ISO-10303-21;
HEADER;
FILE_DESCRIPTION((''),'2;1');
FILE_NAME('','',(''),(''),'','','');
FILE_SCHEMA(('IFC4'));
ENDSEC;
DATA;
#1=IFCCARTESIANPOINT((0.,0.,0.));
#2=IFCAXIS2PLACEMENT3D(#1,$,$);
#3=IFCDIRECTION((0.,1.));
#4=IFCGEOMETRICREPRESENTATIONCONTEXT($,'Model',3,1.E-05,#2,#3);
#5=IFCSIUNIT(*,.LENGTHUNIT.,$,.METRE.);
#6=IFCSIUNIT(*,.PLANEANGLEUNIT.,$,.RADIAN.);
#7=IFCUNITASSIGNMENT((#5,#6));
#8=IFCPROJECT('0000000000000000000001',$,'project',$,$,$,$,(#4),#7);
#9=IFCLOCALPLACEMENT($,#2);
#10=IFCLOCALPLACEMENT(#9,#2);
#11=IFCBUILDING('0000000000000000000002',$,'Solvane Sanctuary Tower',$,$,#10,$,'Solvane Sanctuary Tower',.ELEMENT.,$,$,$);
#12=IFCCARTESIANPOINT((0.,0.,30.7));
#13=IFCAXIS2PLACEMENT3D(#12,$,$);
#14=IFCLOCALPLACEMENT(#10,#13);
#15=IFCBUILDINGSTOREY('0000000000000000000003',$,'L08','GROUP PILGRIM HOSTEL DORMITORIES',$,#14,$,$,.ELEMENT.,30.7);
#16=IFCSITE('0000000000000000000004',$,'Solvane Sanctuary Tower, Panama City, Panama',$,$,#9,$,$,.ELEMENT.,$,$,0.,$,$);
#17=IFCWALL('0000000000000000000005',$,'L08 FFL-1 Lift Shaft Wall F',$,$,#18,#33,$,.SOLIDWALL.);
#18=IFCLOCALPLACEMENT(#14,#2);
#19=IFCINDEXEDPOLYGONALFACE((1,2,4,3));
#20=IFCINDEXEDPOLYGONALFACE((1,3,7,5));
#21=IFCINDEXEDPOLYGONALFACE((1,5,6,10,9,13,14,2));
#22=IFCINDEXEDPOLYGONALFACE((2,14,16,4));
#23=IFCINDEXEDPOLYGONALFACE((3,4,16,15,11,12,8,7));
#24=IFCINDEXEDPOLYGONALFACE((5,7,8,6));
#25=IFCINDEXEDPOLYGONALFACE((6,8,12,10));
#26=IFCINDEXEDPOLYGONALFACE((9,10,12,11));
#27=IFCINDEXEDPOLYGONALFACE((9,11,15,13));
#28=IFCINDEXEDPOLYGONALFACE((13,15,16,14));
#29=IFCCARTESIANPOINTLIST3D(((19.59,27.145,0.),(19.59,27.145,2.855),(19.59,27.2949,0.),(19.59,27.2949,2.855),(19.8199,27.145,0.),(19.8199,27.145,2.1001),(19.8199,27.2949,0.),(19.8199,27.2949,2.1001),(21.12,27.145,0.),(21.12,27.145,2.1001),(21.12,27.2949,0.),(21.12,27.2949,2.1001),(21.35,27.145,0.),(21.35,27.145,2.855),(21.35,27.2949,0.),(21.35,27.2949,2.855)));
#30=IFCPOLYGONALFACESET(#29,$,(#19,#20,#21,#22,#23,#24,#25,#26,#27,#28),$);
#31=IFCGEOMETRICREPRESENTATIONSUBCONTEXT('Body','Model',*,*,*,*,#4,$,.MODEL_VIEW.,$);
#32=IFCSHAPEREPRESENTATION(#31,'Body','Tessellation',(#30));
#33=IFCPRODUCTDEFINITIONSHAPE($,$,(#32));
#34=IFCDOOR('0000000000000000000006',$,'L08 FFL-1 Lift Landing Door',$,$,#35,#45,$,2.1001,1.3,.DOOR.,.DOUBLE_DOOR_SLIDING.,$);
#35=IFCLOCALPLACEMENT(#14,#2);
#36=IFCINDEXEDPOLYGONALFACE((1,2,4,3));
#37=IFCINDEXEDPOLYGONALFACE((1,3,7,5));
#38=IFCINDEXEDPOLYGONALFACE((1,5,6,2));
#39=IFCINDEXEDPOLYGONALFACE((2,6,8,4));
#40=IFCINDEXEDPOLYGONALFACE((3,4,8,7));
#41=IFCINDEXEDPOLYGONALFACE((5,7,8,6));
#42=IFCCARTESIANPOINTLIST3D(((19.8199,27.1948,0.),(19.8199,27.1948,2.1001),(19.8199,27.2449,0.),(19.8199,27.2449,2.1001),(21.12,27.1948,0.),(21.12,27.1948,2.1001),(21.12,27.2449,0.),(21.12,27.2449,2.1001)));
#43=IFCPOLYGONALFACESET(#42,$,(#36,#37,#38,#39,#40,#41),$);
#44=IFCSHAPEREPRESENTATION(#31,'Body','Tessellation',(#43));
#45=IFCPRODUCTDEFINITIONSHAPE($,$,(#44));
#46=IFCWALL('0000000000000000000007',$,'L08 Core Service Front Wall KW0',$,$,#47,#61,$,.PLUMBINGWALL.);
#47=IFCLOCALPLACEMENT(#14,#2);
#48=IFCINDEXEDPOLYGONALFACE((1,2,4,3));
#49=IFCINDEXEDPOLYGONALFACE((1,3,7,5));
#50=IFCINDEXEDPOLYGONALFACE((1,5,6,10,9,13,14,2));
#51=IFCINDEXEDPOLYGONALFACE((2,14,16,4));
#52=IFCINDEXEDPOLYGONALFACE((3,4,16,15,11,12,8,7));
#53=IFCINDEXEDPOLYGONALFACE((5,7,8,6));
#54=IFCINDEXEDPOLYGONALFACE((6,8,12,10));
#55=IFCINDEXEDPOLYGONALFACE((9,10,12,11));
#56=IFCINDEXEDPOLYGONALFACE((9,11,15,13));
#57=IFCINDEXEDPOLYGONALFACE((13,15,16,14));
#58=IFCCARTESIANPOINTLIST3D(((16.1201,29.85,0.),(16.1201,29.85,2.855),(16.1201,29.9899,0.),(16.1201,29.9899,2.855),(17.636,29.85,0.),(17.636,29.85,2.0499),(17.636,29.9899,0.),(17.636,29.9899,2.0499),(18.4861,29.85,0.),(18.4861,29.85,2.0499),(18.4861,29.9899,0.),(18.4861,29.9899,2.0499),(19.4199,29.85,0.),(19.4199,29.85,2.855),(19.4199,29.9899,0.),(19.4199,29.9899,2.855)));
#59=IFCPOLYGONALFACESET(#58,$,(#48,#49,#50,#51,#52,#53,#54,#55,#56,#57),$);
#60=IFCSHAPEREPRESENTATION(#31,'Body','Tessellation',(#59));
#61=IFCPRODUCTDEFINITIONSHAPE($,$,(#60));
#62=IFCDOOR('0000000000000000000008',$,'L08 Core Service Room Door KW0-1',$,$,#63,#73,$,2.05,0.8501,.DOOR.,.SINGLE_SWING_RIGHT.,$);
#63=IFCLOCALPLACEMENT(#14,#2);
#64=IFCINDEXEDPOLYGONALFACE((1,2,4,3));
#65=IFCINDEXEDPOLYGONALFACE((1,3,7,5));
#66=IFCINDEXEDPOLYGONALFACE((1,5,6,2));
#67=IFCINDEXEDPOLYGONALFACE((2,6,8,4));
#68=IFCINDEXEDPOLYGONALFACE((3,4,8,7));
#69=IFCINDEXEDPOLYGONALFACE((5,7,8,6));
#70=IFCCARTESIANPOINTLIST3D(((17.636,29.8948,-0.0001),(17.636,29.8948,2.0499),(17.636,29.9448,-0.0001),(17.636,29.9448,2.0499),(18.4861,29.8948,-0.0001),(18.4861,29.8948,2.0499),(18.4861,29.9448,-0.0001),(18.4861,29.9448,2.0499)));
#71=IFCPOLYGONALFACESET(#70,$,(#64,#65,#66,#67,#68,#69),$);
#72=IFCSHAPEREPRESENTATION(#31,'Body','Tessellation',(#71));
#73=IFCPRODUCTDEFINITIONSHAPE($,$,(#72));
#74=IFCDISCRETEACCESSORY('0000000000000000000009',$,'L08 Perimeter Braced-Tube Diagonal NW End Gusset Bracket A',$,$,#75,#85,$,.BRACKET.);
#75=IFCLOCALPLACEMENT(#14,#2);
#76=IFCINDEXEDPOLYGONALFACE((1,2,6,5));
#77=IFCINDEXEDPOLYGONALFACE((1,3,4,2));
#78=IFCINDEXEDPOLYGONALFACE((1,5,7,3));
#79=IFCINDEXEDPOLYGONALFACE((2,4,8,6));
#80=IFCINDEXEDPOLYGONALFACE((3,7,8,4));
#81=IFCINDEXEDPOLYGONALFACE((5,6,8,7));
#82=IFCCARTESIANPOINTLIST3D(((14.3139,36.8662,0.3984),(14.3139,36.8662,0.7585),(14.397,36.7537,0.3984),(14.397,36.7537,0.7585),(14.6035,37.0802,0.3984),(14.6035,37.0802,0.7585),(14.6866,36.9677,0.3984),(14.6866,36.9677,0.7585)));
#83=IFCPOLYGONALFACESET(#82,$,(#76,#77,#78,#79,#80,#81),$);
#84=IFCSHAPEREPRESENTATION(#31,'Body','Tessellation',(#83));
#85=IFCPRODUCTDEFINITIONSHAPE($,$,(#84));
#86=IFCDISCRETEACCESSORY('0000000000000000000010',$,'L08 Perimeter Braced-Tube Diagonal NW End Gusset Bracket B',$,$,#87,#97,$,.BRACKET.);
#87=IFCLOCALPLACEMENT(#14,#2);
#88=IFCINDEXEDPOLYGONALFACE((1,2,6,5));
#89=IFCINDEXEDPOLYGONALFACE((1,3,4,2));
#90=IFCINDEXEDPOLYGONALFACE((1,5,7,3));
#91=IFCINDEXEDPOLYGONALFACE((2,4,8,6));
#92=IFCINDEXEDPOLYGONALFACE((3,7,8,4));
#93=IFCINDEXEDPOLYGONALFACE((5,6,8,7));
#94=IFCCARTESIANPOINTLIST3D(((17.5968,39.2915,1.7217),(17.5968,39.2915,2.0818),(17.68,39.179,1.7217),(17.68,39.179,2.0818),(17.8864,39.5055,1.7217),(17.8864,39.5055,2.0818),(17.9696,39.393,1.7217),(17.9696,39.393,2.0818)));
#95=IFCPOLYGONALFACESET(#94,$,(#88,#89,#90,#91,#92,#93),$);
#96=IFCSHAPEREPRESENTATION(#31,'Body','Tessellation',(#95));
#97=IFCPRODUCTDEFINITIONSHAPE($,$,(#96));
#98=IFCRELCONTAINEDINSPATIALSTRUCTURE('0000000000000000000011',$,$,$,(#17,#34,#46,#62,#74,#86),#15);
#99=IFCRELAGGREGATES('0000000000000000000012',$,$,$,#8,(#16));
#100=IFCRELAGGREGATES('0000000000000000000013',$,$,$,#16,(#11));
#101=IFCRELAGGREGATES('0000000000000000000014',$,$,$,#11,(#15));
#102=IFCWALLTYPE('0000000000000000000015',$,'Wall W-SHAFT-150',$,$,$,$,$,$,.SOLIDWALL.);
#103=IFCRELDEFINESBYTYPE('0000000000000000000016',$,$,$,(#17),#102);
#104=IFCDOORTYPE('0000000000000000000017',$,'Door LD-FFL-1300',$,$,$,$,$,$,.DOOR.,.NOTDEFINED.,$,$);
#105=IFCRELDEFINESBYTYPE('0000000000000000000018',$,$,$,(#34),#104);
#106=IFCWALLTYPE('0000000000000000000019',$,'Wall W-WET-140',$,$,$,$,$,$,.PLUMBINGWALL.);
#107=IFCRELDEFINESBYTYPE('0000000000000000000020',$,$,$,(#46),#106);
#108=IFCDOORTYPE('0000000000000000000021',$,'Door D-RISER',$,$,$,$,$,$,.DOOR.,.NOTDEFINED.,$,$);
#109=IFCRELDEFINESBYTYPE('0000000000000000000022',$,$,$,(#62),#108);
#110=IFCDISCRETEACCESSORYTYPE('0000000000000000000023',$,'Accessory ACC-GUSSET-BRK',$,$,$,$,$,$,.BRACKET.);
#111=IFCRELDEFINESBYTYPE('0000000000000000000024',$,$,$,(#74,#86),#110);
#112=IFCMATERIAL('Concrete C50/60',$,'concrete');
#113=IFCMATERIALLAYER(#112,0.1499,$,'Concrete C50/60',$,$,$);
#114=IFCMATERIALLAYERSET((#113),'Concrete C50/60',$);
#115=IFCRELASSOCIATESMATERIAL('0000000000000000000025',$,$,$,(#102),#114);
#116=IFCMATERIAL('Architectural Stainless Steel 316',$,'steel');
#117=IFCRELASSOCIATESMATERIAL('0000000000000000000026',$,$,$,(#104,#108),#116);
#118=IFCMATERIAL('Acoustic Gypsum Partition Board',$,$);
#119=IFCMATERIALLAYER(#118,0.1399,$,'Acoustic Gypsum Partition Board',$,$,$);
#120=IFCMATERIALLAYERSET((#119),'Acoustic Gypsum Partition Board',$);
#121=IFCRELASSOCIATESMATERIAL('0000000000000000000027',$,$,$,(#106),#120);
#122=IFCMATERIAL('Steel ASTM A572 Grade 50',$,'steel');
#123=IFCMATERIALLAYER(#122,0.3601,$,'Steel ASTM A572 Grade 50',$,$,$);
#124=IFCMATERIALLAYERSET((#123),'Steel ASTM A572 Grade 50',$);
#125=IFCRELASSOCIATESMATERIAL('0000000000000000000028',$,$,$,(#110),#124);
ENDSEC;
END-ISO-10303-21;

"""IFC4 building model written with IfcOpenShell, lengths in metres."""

from ifc_helpers import new_model, si_unit, direction, frame, frame_2d, origin, origin_2d, place, context, subcontext, project, spatial, rectangle, extrude, material, layer, layer_set, type_object, element, fill, save


model = new_model("IFC4")

# Units and contexts
model_context = context("Model", 3, precision=1e-05, world=origin(), true_north=direction((0.0, 1.0)))
body_context = subcontext(model_context, "Body", "Model", "MODEL_VIEW")
ifc_project = project(units=[si_unit("LENGTHUNIT", "METRE"), si_unit("PLANEANGLEUNIT", "RADIAN")], contexts=[model_context])

# Site, building, storey
site_placement = place(None, origin())
site = spatial("IfcSite", under=ifc_project, at=site_placement, Name="Solvane Sanctuary Tower, Panama City, Panama", CompositionType="ELEMENT", RefElevation=0.0)
building_placement = place(site_placement, origin())
building = spatial("IfcBuilding", under=site, at=building_placement, Name="Solvane Sanctuary Tower", LongName="Solvane Sanctuary Tower", CompositionType="ELEMENT")
storey_placement = place(building_placement, frame((0.0, 0.0, 30.7)))
storey = spatial("IfcBuildingStorey", under=building, at=storey_placement, Name="L08", Description="GROUP PILGRIM HOSTEL DORMITORIES", CompositionType="ELEMENT", Elevation=30.7)

# Shared definitions
ifc_material_1 = material(Name="Acoustic Gypsum Partition Board")

# Walls, openings, doors
ifc_material_2 = material(Name="Concrete C50/60", Category="concrete")
ifc_layer_1 = layer(ifc_material_2, 0.1499, Name="Concrete C50/60")
ifc_layer_set_1 = layer_set([ifc_layer_1], Name="Concrete C50/60")
wall_type_1 = type_object("IfcWallType", Name="Wall W-SHAFT-150", PredefinedType="SOLIDWALL", material=ifc_layer_set_1)
wall_1_placement = place(storey_placement, frame((19.5901, 27.22, 0.0), z_axis=(0.0, 0.0, 1.0), x_axis=(1.0, 0.0, 0.0)))
wall_1 = element("IfcWall", 1, at=wall_1_placement, inside=storey, type_object=wall_type_1, Name="L08 FFL-1 Lift Shaft Wall F", PredefinedType="SOLIDWALL", context=body_context, shape_type="SweptSolid", body=[
    extrude(rectangle(XDim=1.76, YDim=0.1499, at=frame_2d((0.8799, 0.0))), origin(), (0.0, 0.0, 1.0), 2.855),
])
opening_1_placement = place(wall_1_placement, frame((0.23, 0.0, 0.0)))
opening_1 = element("IfcOpeningElement", 2, at=opening_1_placement, cuts=wall_1, PredefinedType="OPENING", context=body_context, shape_type="SweptSolid", body=[
    extrude(rectangle(XDim=1.3, YDim=2.1001, at=frame_2d((0.6499, 1.05))), frame((0.0, 0.085, 0.0), z_axis=(0.0, -1.0, 0.0), x_axis=(1.0, 0.0, 0.0)), (0.0, 0.0, 1.0), 0.1699),
])
ifc_material_3 = material(Name="Architectural Stainless Steel 316", Category="steel")
door_type_1 = type_object("IfcDoorType", Name="Door LD-FFL-1300", OperationType="NOTDEFINED", PredefinedType="DOOR", material=ifc_material_3)
door_1_placement = place(opening_1_placement, origin())
door_1 = element("IfcDoor", 3, at=door_1_placement, inside=storey, type_object=door_type_1, Name="L08 FFL-1 Lift Landing Door", OperationType="DOUBLE_DOOR_SLIDING", OverallHeight=2.1001, OverallWidth=1.3, PredefinedType="DOOR", context=body_context, shape_type="SweptSolid", body=[
    extrude(rectangle(XDim=1.3, YDim=2.1001, at=frame_2d((0.6499, 1.05))), frame((0.0, 0.0249, 0.0), z_axis=(0.0, -1.0, 0.0), x_axis=(1.0, 0.0, 0.0)), (0.0, 0.0, 1.0), 0.05),
])
fill(opening_1, door_1)
ifc_layer_2 = layer(ifc_material_1, 0.1399, Name="Acoustic Gypsum Partition Board")
ifc_layer_set_2 = layer_set([ifc_layer_2], Name="Acoustic Gypsum Partition Board")
wall_type_2 = type_object("IfcWallType", Name="Wall W-WET-140", PredefinedType="PLUMBINGWALL", material=ifc_layer_set_2)
wall_2_placement = place(storey_placement, frame((16.1201, 29.9199, 0.0), z_axis=(0.0, 0.0, 1.0), x_axis=(1.0, 0.0, 0.0)))
wall_2 = element("IfcWall", 4, at=wall_2_placement, inside=storey, type_object=wall_type_2, Name="L08 Core Service Front Wall KW0", PredefinedType="PLUMBINGWALL", context=body_context, shape_type="SweptSolid", body=[
    extrude(rectangle(XDim=3.2998, YDim=0.1399, at=frame_2d((1.6499, 0.0))), origin(), (0.0, 0.0, 1.0), 2.855),
])
opening_2_placement = place(wall_2_placement, frame((1.5159, 0.0, 0.0)))
opening_2 = element("IfcOpeningElement", 5, at=opening_2_placement, cuts=wall_2, PredefinedType="OPENING", context=body_context, shape_type="SweptSolid", body=[
    extrude(rectangle(XDim=0.8501, YDim=2.05, at=frame_2d((0.425, 1.0249))), frame((0.0, 0.0798, 0.0), z_axis=(0.0, -1.0, 0.0), x_axis=(1.0, 0.0, 0.0)), (0.0, 0.0, 1.0), 0.1599),
])
door_type_2 = type_object("IfcDoorType", Name="Door D-RISER", OperationType="NOTDEFINED", PredefinedType="DOOR", material=ifc_material_3)
door_2_placement = place(opening_2_placement, origin())
door_2 = element("IfcDoor", 6, at=door_2_placement, inside=storey, type_object=door_type_2, Name="L08 Core Service Room Door KW0-1", OperationType="SINGLE_SWING_RIGHT", OverallHeight=2.05, OverallWidth=0.8501, PredefinedType="DOOR", context=body_context, shape_type="SweptSolid", body=[
    extrude(rectangle(XDim=0.8501, YDim=2.05, at=frame_2d((0.425, 1.0249))), frame((0.0, 0.0249, 0.0), z_axis=(0.0, -1.0, 0.0), x_axis=(1.0, 0.0, 0.0)), (0.0, 0.0, 1.0), 0.05),
])
fill(opening_2, door_2)

# Discrete accessories
ifc_material_4 = material(Name="Steel ASTM A572 Grade 50", Category="steel")
ifc_layer_3 = layer(ifc_material_4, 0.3601, Name="Steel ASTM A572 Grade 50")
ifc_layer_set_3 = layer_set([ifc_layer_3], Name="Steel ASTM A572 Grade 50")
discrete_accessory_type = type_object("IfcDiscreteAccessoryType", Name="Accessory ACC-GUSSET-BRK", PredefinedType="BRACKET", material=ifc_layer_set_3)
for number, where, z_axis, x_axis, name in (
    (7, (14.5002, 36.917, 0.3984), (0.0, 0.0, 1.0), (0.804272, 0.594261, 0.0), "L08 Perimeter Braced-Tube Diagonal NW End Gusset Bracket A"),
    (8, (17.7832, 39.3423, 1.7217), (0.0, 0.0, 1.0), (0.804272, 0.594261, 0.0), "L08 Perimeter Braced-Tube Diagonal NW End Gusset Bracket B"),
):
    element("IfcDiscreteAccessory", number, at=place(storey_placement, frame(where, z_axis=z_axis, x_axis=x_axis)), inside=storey, type_object=discrete_accessory_type, Name=name, PredefinedType="BRACKET", context=body_context, shape_type="SweptSolid", body=[
        extrude(rectangle(XDim=0.3601, YDim=0.1399, at=origin_2d()), origin(), (0.0, 0.0, 1.0), 0.3601),
    ])

save(model, "model.ifc")
